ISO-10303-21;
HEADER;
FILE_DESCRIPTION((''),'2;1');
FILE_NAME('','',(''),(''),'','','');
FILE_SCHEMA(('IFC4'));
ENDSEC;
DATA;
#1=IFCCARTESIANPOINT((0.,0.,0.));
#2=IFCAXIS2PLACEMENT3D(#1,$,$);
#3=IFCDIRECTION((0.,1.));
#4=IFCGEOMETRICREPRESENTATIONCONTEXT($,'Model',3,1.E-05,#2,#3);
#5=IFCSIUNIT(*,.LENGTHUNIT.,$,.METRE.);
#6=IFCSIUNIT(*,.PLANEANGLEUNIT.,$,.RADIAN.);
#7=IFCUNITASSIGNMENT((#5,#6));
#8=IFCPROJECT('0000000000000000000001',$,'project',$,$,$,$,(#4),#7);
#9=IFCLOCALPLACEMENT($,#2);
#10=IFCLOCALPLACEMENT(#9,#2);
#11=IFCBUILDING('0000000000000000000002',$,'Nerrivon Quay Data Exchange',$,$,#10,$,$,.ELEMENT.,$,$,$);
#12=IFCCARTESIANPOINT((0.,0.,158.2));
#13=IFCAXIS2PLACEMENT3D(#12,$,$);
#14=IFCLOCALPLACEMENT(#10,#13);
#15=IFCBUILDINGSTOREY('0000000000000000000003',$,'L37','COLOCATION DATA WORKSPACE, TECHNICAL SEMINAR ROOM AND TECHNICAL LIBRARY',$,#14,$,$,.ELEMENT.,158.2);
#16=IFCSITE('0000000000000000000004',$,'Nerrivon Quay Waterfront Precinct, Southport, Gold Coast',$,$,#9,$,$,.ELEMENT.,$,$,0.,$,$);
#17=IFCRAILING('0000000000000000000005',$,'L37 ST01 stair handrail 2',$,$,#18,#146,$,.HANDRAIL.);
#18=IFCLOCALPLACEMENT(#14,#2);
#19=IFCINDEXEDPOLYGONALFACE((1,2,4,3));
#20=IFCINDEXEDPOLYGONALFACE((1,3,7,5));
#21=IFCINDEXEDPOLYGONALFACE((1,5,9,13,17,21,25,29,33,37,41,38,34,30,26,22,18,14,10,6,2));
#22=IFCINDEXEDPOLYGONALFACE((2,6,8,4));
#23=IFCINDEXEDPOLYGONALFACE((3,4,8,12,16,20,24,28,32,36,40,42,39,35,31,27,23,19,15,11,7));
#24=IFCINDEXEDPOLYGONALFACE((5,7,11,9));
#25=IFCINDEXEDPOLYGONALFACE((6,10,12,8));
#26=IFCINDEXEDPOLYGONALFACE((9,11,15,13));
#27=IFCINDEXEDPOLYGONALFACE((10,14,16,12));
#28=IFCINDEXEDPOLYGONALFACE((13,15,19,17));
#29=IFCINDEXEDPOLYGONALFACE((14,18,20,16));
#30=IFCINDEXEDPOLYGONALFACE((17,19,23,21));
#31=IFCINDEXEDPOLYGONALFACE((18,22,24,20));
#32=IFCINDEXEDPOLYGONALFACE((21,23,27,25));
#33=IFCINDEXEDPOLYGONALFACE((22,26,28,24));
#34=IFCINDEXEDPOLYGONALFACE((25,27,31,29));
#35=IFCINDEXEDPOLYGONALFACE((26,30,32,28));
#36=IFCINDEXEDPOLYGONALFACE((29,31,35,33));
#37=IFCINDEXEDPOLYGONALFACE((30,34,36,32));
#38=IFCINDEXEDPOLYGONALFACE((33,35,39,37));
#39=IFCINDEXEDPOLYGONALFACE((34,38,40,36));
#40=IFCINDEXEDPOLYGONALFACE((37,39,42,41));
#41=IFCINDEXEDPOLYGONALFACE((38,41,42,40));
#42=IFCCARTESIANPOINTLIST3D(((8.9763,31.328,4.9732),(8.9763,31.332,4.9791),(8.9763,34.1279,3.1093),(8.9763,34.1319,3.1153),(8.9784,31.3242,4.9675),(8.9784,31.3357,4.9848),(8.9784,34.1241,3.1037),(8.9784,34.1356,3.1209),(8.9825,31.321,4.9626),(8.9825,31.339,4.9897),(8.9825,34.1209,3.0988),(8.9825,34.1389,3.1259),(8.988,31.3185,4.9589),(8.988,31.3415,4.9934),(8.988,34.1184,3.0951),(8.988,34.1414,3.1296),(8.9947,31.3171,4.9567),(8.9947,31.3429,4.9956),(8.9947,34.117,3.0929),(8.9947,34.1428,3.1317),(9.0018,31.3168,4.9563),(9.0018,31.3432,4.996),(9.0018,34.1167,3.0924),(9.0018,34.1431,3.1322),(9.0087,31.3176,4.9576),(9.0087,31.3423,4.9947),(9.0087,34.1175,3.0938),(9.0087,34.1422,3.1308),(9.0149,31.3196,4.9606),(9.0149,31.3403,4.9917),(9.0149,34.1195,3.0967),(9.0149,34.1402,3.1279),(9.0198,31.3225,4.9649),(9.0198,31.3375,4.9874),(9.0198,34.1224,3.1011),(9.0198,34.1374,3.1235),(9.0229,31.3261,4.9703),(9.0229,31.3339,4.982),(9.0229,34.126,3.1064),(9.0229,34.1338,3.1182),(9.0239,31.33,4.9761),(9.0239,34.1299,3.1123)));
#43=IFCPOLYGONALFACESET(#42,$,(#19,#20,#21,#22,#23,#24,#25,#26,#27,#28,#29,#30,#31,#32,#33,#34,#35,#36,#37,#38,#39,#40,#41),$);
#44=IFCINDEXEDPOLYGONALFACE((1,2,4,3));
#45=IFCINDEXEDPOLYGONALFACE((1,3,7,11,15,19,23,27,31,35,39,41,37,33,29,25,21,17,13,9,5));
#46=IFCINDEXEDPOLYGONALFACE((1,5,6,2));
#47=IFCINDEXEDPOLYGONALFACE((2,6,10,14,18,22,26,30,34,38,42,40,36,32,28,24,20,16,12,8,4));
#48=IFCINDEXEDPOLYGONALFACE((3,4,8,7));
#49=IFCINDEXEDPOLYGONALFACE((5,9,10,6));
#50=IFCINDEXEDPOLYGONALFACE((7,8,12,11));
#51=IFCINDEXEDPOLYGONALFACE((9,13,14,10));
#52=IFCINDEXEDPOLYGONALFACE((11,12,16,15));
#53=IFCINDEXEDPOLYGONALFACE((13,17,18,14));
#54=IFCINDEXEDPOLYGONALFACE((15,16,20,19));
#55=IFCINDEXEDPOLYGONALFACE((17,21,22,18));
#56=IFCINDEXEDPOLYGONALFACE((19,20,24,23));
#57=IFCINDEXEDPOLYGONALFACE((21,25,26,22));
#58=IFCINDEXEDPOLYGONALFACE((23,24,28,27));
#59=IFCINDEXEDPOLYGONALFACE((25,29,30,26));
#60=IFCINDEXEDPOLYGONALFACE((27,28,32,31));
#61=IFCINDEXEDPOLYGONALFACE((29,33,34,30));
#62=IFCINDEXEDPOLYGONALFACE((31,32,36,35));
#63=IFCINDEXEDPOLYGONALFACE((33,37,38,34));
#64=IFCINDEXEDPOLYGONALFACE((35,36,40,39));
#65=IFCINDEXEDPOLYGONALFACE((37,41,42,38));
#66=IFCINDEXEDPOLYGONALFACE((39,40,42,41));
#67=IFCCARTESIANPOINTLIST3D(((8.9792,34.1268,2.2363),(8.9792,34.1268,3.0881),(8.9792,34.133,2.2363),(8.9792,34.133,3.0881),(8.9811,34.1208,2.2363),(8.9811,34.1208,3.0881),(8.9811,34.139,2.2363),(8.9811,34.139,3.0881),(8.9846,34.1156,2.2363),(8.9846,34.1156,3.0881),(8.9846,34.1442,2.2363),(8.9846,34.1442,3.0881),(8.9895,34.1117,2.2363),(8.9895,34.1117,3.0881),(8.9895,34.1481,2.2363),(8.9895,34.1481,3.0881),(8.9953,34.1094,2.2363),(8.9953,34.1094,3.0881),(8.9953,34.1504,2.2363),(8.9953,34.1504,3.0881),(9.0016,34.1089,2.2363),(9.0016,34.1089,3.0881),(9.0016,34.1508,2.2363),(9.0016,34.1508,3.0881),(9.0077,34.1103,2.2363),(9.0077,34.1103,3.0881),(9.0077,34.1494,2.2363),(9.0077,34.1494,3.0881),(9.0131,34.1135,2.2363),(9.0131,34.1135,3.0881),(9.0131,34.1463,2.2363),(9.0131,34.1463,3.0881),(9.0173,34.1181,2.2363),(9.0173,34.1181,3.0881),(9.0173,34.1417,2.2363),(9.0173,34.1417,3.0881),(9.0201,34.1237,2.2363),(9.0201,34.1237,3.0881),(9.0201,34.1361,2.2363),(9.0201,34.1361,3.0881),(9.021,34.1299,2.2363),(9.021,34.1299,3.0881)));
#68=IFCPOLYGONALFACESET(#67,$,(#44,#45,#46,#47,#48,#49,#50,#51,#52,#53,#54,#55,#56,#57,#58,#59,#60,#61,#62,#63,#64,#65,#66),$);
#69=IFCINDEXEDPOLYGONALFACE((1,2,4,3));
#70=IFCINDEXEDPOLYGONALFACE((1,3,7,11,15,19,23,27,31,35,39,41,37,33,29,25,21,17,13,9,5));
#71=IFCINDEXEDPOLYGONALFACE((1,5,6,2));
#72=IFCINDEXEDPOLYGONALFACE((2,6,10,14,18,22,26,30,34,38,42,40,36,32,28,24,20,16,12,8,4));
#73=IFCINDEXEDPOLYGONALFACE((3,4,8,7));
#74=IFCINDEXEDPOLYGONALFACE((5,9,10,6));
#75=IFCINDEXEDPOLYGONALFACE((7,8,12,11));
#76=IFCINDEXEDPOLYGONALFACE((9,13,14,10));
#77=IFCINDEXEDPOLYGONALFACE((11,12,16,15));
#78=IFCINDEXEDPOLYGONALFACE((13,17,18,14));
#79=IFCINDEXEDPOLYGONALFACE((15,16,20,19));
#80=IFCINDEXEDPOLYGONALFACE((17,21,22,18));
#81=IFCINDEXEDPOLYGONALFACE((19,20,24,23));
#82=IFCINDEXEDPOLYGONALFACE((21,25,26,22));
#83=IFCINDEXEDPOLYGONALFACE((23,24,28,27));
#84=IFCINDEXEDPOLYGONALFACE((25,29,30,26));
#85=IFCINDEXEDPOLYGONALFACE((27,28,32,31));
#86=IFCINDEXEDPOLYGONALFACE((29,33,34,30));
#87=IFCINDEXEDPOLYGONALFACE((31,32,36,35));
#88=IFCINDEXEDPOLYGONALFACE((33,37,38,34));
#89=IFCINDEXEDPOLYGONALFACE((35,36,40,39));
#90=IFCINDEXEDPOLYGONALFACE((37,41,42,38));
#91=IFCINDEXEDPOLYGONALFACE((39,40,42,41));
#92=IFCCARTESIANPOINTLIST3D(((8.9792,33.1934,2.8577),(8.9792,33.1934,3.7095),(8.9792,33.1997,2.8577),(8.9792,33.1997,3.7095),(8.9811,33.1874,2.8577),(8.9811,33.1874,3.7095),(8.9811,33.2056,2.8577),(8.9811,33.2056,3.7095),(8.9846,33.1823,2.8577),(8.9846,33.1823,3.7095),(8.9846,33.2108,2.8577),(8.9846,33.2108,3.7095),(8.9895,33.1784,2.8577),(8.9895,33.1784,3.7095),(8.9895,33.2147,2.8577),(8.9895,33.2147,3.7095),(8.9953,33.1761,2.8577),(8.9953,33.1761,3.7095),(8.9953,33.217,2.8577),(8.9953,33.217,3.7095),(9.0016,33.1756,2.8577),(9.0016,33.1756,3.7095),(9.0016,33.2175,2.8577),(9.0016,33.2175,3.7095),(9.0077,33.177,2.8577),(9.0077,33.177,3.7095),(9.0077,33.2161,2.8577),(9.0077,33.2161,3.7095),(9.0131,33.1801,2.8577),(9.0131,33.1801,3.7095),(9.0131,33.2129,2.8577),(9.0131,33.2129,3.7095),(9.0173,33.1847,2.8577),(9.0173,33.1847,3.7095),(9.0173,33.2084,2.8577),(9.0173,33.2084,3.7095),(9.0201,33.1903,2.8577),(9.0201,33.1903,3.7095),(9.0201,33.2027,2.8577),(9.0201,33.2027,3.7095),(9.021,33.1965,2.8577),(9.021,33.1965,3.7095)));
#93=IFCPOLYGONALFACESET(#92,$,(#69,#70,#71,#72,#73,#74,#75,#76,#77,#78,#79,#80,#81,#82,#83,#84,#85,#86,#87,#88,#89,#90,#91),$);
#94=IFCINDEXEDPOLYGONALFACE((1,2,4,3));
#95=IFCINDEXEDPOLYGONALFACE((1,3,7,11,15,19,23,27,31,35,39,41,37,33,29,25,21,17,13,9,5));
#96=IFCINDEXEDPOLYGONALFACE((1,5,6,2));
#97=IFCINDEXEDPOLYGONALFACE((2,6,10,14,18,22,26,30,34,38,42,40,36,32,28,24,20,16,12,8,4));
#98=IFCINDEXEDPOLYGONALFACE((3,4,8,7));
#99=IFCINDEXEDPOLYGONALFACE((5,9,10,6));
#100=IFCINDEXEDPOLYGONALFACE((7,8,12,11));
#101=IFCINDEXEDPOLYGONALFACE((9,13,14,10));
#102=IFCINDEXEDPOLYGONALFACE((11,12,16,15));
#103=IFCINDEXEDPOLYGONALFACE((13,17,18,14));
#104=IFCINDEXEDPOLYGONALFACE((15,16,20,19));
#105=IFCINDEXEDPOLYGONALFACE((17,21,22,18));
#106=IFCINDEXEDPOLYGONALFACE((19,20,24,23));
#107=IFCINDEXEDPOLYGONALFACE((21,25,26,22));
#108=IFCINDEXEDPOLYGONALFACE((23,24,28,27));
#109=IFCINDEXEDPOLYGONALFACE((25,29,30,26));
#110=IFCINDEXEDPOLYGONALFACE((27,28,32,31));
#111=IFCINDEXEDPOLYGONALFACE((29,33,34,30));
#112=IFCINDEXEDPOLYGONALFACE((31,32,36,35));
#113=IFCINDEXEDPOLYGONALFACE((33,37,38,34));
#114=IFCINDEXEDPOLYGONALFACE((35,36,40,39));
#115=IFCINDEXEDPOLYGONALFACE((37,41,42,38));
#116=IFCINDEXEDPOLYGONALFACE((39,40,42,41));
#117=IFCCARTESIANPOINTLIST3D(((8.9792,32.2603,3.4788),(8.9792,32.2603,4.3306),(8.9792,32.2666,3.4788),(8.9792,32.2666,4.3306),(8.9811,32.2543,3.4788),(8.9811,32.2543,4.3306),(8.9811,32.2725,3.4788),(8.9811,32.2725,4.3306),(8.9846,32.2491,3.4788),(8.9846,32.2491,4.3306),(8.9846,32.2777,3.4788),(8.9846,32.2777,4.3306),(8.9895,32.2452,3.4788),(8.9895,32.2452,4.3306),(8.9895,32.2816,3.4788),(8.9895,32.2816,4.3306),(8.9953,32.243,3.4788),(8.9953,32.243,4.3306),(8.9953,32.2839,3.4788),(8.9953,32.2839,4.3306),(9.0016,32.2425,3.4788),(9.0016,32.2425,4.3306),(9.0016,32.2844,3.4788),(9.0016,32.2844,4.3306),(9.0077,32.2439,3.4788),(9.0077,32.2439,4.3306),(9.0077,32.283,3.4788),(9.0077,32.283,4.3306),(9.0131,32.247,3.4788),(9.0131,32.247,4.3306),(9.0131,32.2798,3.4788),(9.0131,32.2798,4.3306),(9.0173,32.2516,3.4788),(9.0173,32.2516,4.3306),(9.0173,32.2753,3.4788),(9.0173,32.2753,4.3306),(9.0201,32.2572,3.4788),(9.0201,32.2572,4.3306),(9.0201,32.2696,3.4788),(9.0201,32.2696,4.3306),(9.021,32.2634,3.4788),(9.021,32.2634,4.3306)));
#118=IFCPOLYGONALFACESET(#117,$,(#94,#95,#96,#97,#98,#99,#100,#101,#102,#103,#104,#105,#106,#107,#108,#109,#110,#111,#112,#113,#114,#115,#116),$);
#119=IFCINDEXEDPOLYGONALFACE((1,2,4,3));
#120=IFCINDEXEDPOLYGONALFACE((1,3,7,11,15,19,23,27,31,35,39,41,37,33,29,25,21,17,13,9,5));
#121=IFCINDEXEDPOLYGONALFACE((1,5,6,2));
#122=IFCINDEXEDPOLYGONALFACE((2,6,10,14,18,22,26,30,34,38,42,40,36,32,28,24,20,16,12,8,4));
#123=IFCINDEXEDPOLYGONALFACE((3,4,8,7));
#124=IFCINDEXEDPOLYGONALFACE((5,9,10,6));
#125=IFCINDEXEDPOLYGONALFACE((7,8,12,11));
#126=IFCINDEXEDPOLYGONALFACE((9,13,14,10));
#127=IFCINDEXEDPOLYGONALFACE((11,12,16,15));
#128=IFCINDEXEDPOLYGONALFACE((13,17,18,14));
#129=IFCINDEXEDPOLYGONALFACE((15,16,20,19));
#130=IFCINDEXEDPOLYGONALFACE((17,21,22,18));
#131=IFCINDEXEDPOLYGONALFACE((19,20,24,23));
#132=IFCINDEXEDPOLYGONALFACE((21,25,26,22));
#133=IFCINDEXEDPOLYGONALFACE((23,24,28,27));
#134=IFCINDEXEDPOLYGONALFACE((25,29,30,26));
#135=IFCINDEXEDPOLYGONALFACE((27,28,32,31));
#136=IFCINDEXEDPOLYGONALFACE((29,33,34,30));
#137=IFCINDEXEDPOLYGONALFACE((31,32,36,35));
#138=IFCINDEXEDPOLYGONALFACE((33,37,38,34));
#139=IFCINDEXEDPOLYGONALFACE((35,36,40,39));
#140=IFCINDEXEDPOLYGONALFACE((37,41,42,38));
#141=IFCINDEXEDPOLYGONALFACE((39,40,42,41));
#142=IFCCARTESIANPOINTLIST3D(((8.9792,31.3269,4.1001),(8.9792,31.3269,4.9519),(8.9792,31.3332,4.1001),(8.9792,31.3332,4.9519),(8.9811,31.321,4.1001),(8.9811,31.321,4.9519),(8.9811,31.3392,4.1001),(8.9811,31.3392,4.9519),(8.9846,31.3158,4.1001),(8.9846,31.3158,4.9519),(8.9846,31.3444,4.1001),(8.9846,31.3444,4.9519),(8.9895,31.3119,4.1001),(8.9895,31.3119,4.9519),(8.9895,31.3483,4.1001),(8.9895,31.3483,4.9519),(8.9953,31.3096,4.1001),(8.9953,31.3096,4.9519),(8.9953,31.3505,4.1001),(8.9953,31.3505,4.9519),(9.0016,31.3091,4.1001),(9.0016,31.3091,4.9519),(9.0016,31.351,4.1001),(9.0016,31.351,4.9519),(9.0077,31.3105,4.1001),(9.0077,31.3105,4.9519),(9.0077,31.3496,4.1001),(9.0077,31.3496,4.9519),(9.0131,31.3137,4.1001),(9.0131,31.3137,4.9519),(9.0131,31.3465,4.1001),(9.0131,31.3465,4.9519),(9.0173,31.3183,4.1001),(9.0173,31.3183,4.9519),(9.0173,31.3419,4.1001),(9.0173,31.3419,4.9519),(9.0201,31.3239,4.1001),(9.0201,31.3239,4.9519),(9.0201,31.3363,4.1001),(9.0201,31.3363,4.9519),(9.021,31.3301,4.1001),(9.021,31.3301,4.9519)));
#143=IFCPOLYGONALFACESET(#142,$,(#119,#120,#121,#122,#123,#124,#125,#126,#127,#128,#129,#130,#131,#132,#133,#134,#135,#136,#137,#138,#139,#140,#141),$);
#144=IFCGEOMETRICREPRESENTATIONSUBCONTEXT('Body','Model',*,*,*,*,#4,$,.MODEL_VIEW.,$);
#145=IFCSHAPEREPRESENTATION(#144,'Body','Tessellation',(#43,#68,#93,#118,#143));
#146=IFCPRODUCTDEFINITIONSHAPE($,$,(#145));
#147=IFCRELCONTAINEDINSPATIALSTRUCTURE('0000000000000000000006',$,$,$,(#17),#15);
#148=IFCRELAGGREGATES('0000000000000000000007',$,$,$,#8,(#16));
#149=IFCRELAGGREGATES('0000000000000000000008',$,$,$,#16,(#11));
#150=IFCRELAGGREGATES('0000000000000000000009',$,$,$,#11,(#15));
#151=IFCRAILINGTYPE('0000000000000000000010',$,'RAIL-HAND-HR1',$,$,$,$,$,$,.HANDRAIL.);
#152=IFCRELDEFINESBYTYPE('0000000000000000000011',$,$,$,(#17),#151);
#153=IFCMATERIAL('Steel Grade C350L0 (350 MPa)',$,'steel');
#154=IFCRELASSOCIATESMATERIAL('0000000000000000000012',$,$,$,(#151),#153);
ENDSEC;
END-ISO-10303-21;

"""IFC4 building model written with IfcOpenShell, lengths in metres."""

from ifc_helpers import new_model, si_unit, direction, frame, origin, origin_2d, place, context, subcontext, project, spatial, circle, extrude, material, type_object, element, save


model = new_model("IFC4")

# Units and contexts
model_context = context("Model", 3, precision=1e-05, world=origin(), true_north=direction((0.0, 1.0)))
body_context = subcontext(model_context, "Body", "Model", "MODEL_VIEW")
ifc_project = project(units=[si_unit("LENGTHUNIT", "METRE"), si_unit("PLANEANGLEUNIT", "RADIAN")], contexts=[model_context])

# Site, building, storey
site_placement = place(None, origin())
site = spatial("IfcSite", under=ifc_project, at=site_placement, Name="Nerrivon Quay Waterfront Precinct, Southport, Gold Coast", CompositionType="ELEMENT", RefElevation=0.0)
building_placement = place(site_placement, origin())
building = spatial("IfcBuilding", under=site, at=building_placement, Name="Nerrivon Quay Data Exchange", CompositionType="ELEMENT")
storey_placement = place(building_placement, frame((0.0, 0.0, 158.2)))
storey = spatial("IfcBuildingStorey", under=building, at=storey_placement, Name="L37", Description="COLOCATION DATA WORKSPACE, TECHNICAL SEMINAR ROOM AND TECHNICAL LIBRARY", CompositionType="ELEMENT", Elevation=158.2)

# Railing
ifc_material_1 = material(Name="Steel Grade C350L0 (350 MPa)", Category="steel")
railing_type_1 = type_object("IfcRailingType", Name="RAIL-HAND-HR1", PredefinedType="HANDRAIL", material=ifc_material_1)
railing_1_placement = place(storey_placement, frame((9.0, 34.1299, 2.2363)))
element("IfcRailing", 1, at=railing_1_placement, inside=storey, type_object=railing_type_1, Name="L37 ST01 stair handrail 2", PredefinedType="HANDRAIL", context=body_context, shape_type="SweptSolid", body=[
    extrude(circle(Radius=0.0239, at=origin_2d()), frame((0.0, 0.0, 0.876), z_axis=(0.0, -0.83243, 0.554131), x_axis=(1.0, 0.0, 0.0)), (0.0, 0.0, 1.0), 3.3635),
    extrude(circle(Radius=0.021, at=origin_2d()), origin(), (0.0, 0.0, 1.0), 0.8518),
    extrude(circle(Radius=0.021, at=origin_2d()), frame((0.0, -0.9333, 0.6213)), (0.0, 0.0, 1.0), 0.8518),
    extrude(circle(Radius=0.021, at=origin_2d()), frame((0.0, -1.8665, 1.2424)), (0.0, 0.0, 1.0), 0.8518),
    extrude(circle(Radius=0.021, at=origin_2d()), frame((0.0, -2.7998, 1.8638)), (0.0, 0.0, 1.0), 0.8518),
])

save(model, "model.ifc")
